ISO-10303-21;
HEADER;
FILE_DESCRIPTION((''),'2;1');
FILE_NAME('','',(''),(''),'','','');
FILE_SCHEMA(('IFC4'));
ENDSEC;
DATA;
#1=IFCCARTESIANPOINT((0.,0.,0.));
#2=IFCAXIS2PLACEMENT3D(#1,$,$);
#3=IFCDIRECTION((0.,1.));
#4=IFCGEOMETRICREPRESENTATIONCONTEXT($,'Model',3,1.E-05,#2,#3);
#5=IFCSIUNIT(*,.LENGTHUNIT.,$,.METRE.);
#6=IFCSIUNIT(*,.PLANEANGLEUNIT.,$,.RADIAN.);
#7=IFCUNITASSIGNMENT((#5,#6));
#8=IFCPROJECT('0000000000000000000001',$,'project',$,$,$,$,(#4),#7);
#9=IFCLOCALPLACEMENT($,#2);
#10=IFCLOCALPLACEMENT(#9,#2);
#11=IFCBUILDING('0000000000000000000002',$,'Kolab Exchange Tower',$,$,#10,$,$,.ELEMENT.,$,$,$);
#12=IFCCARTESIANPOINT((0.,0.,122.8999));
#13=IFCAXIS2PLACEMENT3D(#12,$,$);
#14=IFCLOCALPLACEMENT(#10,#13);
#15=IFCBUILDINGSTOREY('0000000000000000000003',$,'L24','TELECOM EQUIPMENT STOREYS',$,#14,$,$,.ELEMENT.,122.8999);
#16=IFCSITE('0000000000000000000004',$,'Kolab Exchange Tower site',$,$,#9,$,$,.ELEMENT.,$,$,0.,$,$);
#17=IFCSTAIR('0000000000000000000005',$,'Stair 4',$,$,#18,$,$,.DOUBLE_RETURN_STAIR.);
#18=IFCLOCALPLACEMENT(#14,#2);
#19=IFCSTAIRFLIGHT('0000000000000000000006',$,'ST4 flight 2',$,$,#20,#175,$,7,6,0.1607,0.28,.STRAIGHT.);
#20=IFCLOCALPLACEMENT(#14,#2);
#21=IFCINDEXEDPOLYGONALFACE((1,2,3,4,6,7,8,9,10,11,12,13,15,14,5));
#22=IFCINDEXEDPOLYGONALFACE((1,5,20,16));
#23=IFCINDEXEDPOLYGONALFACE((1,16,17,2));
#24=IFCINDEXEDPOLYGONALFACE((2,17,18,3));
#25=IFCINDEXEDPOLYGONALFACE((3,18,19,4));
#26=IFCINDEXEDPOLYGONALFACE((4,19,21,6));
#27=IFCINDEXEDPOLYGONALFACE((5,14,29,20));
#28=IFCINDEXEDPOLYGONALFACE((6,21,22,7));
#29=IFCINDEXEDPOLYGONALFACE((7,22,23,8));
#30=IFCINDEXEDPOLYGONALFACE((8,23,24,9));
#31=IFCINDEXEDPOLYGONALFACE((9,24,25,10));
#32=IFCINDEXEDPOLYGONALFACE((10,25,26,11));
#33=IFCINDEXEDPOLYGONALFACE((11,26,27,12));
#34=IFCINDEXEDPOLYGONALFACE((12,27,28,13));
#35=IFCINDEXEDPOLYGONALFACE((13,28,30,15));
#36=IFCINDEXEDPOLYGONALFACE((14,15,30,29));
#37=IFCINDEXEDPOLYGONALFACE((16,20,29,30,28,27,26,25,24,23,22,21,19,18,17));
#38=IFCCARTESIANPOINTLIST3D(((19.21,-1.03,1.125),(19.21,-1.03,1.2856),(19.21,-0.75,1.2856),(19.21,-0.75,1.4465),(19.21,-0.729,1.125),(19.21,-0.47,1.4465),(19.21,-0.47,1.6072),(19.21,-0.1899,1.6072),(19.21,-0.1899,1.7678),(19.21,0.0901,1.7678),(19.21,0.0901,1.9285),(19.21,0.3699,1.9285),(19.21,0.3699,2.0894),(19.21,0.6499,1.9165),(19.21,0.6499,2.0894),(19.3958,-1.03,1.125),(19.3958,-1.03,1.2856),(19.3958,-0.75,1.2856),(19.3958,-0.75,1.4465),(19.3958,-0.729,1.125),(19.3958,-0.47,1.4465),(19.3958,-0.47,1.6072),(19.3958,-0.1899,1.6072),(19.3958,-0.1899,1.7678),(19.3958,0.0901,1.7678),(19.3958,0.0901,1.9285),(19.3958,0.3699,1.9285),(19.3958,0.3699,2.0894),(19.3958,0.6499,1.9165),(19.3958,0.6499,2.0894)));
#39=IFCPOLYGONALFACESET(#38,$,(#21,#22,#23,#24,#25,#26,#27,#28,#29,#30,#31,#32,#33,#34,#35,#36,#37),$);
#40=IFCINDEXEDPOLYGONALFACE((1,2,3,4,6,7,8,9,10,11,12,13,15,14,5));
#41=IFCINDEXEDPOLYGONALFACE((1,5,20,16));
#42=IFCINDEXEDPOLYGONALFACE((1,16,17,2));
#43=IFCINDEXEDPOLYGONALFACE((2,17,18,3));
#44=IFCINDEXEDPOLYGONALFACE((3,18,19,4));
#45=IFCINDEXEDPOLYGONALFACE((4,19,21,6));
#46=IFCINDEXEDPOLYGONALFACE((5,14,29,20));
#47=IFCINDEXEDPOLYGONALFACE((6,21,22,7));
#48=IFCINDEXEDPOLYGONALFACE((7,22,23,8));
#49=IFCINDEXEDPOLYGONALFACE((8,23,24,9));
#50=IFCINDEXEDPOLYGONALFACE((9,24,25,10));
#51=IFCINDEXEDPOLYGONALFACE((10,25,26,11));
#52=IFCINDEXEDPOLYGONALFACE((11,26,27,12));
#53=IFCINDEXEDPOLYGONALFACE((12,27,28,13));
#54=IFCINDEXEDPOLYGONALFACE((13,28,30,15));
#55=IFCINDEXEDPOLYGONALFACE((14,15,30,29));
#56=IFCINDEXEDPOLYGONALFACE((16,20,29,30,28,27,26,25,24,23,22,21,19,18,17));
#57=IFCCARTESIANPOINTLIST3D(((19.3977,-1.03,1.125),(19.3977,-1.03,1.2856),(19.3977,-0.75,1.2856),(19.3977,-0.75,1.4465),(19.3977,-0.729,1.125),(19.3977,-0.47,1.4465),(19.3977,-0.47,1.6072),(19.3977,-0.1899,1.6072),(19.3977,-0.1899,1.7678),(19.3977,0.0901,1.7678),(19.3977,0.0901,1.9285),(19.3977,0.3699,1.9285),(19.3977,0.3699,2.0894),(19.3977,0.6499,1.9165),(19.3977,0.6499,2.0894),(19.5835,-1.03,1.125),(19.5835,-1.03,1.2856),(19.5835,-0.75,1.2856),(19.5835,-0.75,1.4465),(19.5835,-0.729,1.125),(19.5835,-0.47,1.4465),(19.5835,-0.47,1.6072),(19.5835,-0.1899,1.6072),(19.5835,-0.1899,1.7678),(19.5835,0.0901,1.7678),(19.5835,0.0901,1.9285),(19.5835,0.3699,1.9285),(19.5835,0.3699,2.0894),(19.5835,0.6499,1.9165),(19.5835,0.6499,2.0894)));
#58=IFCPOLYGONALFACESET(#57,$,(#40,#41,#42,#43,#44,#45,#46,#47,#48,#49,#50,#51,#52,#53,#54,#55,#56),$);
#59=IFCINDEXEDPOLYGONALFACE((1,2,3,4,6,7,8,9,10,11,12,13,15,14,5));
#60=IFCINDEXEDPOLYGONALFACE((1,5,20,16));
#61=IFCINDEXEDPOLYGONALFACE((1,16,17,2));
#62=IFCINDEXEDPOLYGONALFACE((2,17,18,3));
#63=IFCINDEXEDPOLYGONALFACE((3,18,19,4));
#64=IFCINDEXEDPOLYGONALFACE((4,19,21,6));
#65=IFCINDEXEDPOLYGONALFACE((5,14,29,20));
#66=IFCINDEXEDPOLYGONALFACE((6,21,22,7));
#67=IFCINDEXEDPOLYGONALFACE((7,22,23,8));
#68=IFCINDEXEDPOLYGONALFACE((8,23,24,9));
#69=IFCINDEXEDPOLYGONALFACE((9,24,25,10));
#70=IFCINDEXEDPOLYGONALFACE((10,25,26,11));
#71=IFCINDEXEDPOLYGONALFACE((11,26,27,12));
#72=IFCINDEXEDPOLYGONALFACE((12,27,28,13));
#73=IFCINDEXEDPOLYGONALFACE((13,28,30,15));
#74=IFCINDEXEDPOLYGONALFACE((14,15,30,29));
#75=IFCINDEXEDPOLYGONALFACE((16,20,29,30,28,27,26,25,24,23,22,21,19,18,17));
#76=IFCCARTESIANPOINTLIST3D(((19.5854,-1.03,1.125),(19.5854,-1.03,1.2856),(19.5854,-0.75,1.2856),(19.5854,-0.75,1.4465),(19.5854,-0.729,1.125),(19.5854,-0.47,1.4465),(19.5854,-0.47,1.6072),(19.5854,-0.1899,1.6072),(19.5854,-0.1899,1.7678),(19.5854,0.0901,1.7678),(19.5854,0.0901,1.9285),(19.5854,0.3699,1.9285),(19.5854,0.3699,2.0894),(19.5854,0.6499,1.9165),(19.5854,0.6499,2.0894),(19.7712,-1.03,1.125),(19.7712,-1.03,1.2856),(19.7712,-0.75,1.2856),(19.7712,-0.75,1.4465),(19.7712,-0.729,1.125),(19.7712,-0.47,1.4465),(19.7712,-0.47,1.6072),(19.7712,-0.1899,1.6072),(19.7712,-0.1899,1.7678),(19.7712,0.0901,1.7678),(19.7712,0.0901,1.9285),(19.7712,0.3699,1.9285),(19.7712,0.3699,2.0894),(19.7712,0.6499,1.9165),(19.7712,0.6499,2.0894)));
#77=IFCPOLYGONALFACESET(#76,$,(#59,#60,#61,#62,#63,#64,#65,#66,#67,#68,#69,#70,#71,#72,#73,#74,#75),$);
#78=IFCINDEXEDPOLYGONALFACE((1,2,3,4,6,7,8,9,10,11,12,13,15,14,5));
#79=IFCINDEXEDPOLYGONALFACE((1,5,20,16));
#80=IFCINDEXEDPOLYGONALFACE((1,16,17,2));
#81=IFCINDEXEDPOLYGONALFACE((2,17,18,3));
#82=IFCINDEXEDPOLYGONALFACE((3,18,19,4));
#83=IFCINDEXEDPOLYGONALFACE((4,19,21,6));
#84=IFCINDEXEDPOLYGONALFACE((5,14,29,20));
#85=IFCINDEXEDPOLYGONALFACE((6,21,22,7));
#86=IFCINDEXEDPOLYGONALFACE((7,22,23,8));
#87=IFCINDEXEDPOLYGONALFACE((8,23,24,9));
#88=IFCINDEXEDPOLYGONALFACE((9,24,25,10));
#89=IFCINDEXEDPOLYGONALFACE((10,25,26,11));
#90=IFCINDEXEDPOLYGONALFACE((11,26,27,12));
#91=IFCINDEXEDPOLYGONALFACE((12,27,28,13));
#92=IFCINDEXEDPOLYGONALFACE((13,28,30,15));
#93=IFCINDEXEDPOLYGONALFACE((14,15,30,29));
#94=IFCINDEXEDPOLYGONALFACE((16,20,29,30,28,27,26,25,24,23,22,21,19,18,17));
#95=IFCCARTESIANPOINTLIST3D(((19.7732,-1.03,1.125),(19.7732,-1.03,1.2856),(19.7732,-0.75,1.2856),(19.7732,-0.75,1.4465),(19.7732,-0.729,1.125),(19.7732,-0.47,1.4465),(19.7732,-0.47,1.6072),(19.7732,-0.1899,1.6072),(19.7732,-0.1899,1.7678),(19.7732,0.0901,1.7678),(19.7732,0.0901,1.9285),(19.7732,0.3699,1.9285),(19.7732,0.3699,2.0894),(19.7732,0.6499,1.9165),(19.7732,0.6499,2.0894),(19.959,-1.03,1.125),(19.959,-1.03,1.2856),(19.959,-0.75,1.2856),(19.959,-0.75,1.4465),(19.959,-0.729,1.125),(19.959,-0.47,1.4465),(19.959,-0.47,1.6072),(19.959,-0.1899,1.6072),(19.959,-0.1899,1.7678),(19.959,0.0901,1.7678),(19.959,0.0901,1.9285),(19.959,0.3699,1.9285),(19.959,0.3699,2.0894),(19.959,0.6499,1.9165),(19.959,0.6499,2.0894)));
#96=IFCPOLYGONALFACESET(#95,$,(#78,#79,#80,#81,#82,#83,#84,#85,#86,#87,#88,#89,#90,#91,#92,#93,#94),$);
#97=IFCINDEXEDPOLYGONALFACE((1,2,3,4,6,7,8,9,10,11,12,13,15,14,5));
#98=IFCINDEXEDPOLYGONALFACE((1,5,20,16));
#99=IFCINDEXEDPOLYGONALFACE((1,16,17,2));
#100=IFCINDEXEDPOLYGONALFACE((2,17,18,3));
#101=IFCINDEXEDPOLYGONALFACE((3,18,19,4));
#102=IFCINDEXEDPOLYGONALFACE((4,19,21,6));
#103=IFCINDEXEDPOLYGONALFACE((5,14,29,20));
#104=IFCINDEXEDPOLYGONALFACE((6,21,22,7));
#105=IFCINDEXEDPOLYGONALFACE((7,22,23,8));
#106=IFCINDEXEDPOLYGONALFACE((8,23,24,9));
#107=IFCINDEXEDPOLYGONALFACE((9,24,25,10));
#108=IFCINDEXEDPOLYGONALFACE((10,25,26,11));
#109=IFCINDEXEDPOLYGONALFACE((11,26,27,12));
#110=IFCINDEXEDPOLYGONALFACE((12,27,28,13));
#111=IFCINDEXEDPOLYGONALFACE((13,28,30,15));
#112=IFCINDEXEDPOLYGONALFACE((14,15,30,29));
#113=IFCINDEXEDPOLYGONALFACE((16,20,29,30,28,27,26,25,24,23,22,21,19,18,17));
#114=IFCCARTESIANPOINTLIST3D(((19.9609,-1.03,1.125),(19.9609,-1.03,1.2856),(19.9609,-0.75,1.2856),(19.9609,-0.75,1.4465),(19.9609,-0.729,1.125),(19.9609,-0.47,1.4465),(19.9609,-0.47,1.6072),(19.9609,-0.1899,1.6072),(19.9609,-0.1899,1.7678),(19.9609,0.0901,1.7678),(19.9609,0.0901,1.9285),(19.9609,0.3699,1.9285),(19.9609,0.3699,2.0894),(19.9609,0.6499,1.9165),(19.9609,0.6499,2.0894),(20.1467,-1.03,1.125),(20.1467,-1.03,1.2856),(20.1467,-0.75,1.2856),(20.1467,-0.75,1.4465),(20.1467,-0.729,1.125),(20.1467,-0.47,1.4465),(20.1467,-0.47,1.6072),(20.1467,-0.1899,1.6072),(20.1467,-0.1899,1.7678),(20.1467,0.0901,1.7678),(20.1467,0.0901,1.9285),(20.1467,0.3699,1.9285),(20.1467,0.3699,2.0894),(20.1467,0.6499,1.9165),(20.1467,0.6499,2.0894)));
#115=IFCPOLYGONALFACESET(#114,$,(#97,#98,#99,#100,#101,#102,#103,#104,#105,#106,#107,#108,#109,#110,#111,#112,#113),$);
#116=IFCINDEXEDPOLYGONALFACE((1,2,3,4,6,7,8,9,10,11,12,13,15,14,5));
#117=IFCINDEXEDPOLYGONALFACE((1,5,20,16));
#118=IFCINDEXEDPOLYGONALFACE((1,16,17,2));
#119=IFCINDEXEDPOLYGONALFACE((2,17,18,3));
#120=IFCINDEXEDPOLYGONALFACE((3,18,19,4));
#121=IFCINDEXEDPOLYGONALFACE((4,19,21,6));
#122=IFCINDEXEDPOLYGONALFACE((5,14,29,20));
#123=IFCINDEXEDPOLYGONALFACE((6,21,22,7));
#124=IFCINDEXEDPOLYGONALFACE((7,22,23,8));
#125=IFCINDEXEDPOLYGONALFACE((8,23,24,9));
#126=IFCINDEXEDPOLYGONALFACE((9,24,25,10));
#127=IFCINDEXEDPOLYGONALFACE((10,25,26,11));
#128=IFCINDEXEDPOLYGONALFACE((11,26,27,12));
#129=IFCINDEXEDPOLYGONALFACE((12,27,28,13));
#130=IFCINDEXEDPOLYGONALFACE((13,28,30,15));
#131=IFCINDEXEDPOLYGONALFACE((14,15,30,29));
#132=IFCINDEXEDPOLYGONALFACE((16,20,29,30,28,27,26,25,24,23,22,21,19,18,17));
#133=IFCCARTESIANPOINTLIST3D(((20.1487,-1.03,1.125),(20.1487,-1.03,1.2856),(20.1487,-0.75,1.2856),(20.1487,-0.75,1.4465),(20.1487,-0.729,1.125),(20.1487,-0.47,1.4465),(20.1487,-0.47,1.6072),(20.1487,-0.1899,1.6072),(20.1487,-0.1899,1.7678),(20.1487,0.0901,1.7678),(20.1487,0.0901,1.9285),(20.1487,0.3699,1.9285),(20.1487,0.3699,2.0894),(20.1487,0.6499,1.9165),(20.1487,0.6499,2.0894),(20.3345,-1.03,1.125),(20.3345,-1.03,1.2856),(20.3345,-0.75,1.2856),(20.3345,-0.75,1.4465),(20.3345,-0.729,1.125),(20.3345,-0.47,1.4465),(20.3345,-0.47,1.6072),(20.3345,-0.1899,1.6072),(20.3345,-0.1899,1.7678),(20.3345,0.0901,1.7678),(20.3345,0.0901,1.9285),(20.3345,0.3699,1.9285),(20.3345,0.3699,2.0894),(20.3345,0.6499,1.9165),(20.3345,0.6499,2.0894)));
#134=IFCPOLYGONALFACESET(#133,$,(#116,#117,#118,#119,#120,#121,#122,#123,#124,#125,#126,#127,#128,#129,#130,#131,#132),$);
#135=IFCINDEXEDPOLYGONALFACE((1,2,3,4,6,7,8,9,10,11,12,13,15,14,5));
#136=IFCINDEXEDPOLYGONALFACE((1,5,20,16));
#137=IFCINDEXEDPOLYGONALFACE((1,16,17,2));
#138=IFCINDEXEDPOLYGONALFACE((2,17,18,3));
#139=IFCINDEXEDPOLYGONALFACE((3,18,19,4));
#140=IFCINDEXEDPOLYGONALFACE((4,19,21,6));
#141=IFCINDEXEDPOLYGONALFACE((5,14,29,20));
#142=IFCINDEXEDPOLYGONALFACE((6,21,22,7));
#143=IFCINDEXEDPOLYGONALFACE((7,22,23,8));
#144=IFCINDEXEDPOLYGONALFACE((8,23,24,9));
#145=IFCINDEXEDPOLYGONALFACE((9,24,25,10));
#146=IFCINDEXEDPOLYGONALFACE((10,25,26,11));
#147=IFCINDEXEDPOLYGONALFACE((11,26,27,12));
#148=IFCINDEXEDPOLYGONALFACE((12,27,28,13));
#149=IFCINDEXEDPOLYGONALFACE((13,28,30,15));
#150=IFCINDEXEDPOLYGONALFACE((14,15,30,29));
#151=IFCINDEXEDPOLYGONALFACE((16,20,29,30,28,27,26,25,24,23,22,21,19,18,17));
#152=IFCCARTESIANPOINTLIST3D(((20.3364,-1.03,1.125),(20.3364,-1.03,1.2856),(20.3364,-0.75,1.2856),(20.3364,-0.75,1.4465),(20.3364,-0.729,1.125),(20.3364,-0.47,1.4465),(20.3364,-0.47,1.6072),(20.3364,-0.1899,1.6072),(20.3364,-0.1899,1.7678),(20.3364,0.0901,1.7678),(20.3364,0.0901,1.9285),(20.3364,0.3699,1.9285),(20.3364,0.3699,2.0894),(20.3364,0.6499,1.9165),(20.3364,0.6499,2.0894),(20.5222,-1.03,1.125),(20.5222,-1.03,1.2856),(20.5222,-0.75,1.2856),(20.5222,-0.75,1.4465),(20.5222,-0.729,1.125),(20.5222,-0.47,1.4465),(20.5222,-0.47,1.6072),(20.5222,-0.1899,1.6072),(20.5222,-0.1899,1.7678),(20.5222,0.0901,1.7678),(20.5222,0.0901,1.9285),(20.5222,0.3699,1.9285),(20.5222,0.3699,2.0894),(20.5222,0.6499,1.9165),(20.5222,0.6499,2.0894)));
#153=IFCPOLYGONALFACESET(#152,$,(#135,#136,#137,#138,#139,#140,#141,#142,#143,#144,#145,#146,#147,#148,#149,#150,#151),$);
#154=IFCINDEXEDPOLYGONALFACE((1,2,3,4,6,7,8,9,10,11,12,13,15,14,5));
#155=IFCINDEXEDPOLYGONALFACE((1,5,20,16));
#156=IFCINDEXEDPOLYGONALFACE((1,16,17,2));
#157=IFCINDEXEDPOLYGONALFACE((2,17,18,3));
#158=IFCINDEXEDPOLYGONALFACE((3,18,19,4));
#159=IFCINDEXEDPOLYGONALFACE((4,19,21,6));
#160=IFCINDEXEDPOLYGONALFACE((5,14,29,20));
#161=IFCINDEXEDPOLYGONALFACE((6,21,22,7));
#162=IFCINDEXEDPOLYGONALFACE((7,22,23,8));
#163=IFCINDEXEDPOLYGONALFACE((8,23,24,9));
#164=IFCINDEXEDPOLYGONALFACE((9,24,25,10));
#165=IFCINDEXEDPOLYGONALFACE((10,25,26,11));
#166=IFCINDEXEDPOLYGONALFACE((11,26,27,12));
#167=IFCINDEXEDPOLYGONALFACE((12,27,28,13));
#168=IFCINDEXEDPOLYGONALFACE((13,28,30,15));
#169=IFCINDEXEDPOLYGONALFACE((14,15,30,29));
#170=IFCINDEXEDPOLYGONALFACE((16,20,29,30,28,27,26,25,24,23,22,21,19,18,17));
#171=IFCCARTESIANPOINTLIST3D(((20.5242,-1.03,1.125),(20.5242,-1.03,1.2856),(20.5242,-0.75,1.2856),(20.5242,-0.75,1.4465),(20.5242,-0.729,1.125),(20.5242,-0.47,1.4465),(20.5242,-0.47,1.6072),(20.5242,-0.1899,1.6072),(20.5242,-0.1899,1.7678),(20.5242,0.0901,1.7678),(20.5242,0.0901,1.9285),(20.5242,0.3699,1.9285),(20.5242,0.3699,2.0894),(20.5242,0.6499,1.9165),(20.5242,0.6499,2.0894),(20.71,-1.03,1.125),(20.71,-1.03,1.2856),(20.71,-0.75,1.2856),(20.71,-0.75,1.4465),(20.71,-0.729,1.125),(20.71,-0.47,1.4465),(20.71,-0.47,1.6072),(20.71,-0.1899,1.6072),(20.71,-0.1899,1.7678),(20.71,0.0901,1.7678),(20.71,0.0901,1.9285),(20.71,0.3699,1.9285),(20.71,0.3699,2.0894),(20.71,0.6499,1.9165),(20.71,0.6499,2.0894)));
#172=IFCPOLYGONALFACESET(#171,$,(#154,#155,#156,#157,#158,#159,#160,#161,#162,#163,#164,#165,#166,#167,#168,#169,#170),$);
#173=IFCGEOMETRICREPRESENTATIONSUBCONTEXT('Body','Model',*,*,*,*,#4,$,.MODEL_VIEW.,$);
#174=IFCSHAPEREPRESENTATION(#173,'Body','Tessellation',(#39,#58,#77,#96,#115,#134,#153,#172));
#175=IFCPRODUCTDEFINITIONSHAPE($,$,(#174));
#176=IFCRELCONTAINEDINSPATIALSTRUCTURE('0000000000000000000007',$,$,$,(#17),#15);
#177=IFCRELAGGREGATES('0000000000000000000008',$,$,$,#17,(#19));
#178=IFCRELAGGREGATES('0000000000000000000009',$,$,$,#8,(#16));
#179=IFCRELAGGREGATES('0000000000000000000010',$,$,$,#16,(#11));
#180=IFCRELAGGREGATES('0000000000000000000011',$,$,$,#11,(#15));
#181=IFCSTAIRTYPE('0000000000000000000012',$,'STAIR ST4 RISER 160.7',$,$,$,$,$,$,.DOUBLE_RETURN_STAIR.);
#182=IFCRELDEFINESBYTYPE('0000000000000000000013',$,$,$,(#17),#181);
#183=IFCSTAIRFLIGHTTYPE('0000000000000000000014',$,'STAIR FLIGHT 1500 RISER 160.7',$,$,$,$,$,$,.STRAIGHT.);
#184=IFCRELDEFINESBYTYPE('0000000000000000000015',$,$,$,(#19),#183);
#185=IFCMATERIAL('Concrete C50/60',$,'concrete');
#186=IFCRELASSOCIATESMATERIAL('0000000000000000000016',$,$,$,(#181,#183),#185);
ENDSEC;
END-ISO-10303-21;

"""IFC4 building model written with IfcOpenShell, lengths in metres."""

from ifc_helpers import new_model, si_unit, direction, frame, origin, place, context, subcontext, project, spatial, polyline, outline, extrude, material, type_object, element, aggregate, save


model = new_model("IFC4")

# Units and contexts
model_context = context("Model", 3, precision=1e-05, world=origin(), true_north=direction((0.0, 1.0)))
body_context = subcontext(model_context, "Body", "Model", "MODEL_VIEW")
ifc_project = project(units=[si_unit("LENGTHUNIT", "METRE"), si_unit("PLANEANGLEUNIT", "RADIAN")], contexts=[model_context])

# Site, building, storey
site_placement = place(None, origin())
site = spatial("IfcSite", under=ifc_project, at=site_placement, Name="Kolab Exchange Tower site", CompositionType="ELEMENT", RefElevation=0.0)
building_placement = place(site_placement, origin())
building = spatial("IfcBuilding", under=site, at=building_placement, Name="Kolab Exchange Tower", CompositionType="ELEMENT")
storey_placement = place(building_placement, frame((0.0, 0.0, 122.8999)))
storey = spatial("IfcBuildingStorey", under=building, at=storey_placement, Name="L24", Description="TELECOM EQUIPMENT STOREYS", CompositionType="ELEMENT", Elevation=122.8999)

# Shared definitions
ifc_material_1 = material(Name="Concrete C50/60", Category="concrete")

# Stair, stair flight
stair_type = type_object("IfcStairType", Name="STAIR ST4 RISER 160.7", PredefinedType="DOUBLE_RETURN_STAIR", material=ifc_material_1)
stair_placement = place(storey_placement, origin())
stair = element("IfcStair", 1, at=stair_placement, inside=storey, type_object=stair_type, Name="Stair 4", PredefinedType="DOUBLE_RETURN_STAIR")
stair_flight_type = type_object("IfcStairFlightType", Name="STAIR FLIGHT 1500 RISER 160.7", PredefinedType="STRAIGHT", material=ifc_material_1)
stair_flight_1_placement = place(storey_placement, frame((19.96, -1.03, 1.125), z_axis=(0.0, 0.0, 1.0), x_axis=(0.0, 1.0, 0.0)))
stair_flight_1 = element("IfcStairFlight", 2, at=stair_flight_1_placement, type_object=stair_flight_type, Name="ST4 flight 2", NumberOfRisers=7, NumberOfTreads=6, PredefinedType="STRAIGHT", RiserHeight=0.1607, TreadLength=0.28, context=body_context, shape_type="SweptSolid", body=[
    extrude(outline(polyline([(0.0, 0.0), (0.0, 0.1606), (0.28, 0.1606), (0.28, 0.3215), (0.5601, 0.3215), (0.5601, 0.4822), (0.8401, 0.4822), (0.8401, 0.6428), (1.1201, 0.6428), (1.1201, 0.8035), (1.3999, 0.8035), (1.3999, 0.9644), (1.6799, 0.9644), (1.6799, 1.125), (1.6799, 0.7915), (0.301, 0.0), (0.0, 0.0)])), frame((0.0, 0.75, 0.0), z_axis=(0.0, -1.0, 0.0), x_axis=(1.0, 0.0, 0.0)), (0.0, 0.0, 1.0), 0.1858),
    extrude(outline(polyline([(0.0, 0.0), (0.0, 0.1606), (0.28, 0.1606), (0.28, 0.3215), (0.5601, 0.3215), (0.5601, 0.4822), (0.8401, 0.4822), (0.8401, 0.6428), (1.1201, 0.6428), (1.1201, 0.8035), (1.3999, 0.8035), (1.3999, 0.9644), (1.6799, 0.9644), (1.6799, 1.125), (1.6799, 0.7915), (0.301, 0.0), (0.0, 0.0)])), frame((0.0, 0.5623, 0.0), z_axis=(0.0, -1.0, 0.0), x_axis=(1.0, 0.0, 0.0)), (0.0, 0.0, 1.0), 0.1858),
    extrude(outline(polyline([(0.0, 0.0), (0.0, 0.1606), (0.28, 0.1606), (0.28, 0.3215), (0.5601, 0.3215), (0.5601, 0.4822), (0.8401, 0.4822), (0.8401, 0.6428), (1.1201, 0.6428), (1.1201, 0.8035), (1.3999, 0.8035), (1.3999, 0.9644), (1.6799, 0.9644), (1.6799, 1.125), (1.6799, 0.7915), (0.301, 0.0), (0.0, 0.0)])), frame((0.0, 0.3745, 0.0), z_axis=(0.0, -1.0, 0.0), x_axis=(1.0, 0.0, 0.0)), (0.0, 0.0, 1.0), 0.1858),
    extrude(outline(polyline([(0.0, 0.0), (0.0, 0.1606), (0.28, 0.1606), (0.28, 0.3215), (0.5601, 0.3215), (0.5601, 0.4822), (0.8401, 0.4822), (0.8401, 0.6428), (1.1201, 0.6428), (1.1201, 0.8035), (1.3999, 0.8035), (1.3999, 0.9644), (1.6799, 0.9644), (1.6799, 1.125), (1.6799, 0.7915), (0.301, 0.0), (0.0, 0.0)])), frame((0.0, 0.1868, 0.0), z_axis=(0.0, -1.0, 0.0), x_axis=(1.0, 0.0, 0.0)), (0.0, 0.0, 1.0), 0.1858),
    extrude(outline(polyline([(0.0, 0.0), (0.0, 0.1606), (0.28, 0.1606), (0.28, 0.3215), (0.5601, 0.3215), (0.5601, 0.4822), (0.8401, 0.4822), (0.8401, 0.6428), (1.1201, 0.6428), (1.1201, 0.8035), (1.3999, 0.8035), (1.3999, 0.9644), (1.6799, 0.9644), (1.6799, 1.125), (1.6799, 0.7915), (0.301, 0.0), (0.0, 0.0)])), frame((0.0, -0.001, 0.0), z_axis=(0.0, -1.0, 0.0), x_axis=(1.0, 0.0, 0.0)), (0.0, 0.0, 1.0), 0.1858),
    extrude(outline(polyline([(0.0, 0.0), (0.0, 0.1606), (0.28, 0.1606), (0.28, 0.3215), (0.5601, 0.3215), (0.5601, 0.4822), (0.8401, 0.4822), (0.8401, 0.6428), (1.1201, 0.6428), (1.1201, 0.8035), (1.3999, 0.8035), (1.3999, 0.9644), (1.6799, 0.9644), (1.6799, 1.125), (1.6799, 0.7915), (0.301, 0.0), (0.0, 0.0)])), frame((0.0, -0.1887, 0.0), z_axis=(0.0, -1.0, 0.0), x_axis=(1.0, 0.0, 0.0)), (0.0, 0.0, 1.0), 0.1858),
    extrude(outline(polyline([(0.0, 0.0), (0.0, 0.1606), (0.28, 0.1606), (0.28, 0.3215), (0.5601, 0.3215), (0.5601, 0.4822), (0.8401, 0.4822), (0.8401, 0.6428), (1.1201, 0.6428), (1.1201, 0.8035), (1.3999, 0.8035), (1.3999, 0.9644), (1.6799, 0.9644), (1.6799, 1.125), (1.6799, 0.7915), (0.301, 0.0), (0.0, 0.0)])), frame((0.0, -0.3765, 0.0), z_axis=(0.0, -1.0, 0.0), x_axis=(1.0, 0.0, 0.0)), (0.0, 0.0, 1.0), 0.1858),
    extrude(outline(polyline([(0.0, 0.0), (0.0, 0.1606), (0.28, 0.1606), (0.28, 0.3215), (0.5601, 0.3215), (0.5601, 0.4822), (0.8401, 0.4822), (0.8401, 0.6428), (1.1201, 0.6428), (1.1201, 0.8035), (1.3999, 0.8035), (1.3999, 0.9644), (1.6799, 0.9644), (1.6799, 1.125), (1.6799, 0.7915), (0.301, 0.0), (0.0, 0.0)])), frame((0.0, -0.5642, 0.0), z_axis=(0.0, -1.0, 0.0), x_axis=(1.0, 0.0, 0.0)), (0.0, 0.0, 1.0), 0.1858),
])
aggregate(stair, [stair_flight_1])

save(model, "model.ifc")
